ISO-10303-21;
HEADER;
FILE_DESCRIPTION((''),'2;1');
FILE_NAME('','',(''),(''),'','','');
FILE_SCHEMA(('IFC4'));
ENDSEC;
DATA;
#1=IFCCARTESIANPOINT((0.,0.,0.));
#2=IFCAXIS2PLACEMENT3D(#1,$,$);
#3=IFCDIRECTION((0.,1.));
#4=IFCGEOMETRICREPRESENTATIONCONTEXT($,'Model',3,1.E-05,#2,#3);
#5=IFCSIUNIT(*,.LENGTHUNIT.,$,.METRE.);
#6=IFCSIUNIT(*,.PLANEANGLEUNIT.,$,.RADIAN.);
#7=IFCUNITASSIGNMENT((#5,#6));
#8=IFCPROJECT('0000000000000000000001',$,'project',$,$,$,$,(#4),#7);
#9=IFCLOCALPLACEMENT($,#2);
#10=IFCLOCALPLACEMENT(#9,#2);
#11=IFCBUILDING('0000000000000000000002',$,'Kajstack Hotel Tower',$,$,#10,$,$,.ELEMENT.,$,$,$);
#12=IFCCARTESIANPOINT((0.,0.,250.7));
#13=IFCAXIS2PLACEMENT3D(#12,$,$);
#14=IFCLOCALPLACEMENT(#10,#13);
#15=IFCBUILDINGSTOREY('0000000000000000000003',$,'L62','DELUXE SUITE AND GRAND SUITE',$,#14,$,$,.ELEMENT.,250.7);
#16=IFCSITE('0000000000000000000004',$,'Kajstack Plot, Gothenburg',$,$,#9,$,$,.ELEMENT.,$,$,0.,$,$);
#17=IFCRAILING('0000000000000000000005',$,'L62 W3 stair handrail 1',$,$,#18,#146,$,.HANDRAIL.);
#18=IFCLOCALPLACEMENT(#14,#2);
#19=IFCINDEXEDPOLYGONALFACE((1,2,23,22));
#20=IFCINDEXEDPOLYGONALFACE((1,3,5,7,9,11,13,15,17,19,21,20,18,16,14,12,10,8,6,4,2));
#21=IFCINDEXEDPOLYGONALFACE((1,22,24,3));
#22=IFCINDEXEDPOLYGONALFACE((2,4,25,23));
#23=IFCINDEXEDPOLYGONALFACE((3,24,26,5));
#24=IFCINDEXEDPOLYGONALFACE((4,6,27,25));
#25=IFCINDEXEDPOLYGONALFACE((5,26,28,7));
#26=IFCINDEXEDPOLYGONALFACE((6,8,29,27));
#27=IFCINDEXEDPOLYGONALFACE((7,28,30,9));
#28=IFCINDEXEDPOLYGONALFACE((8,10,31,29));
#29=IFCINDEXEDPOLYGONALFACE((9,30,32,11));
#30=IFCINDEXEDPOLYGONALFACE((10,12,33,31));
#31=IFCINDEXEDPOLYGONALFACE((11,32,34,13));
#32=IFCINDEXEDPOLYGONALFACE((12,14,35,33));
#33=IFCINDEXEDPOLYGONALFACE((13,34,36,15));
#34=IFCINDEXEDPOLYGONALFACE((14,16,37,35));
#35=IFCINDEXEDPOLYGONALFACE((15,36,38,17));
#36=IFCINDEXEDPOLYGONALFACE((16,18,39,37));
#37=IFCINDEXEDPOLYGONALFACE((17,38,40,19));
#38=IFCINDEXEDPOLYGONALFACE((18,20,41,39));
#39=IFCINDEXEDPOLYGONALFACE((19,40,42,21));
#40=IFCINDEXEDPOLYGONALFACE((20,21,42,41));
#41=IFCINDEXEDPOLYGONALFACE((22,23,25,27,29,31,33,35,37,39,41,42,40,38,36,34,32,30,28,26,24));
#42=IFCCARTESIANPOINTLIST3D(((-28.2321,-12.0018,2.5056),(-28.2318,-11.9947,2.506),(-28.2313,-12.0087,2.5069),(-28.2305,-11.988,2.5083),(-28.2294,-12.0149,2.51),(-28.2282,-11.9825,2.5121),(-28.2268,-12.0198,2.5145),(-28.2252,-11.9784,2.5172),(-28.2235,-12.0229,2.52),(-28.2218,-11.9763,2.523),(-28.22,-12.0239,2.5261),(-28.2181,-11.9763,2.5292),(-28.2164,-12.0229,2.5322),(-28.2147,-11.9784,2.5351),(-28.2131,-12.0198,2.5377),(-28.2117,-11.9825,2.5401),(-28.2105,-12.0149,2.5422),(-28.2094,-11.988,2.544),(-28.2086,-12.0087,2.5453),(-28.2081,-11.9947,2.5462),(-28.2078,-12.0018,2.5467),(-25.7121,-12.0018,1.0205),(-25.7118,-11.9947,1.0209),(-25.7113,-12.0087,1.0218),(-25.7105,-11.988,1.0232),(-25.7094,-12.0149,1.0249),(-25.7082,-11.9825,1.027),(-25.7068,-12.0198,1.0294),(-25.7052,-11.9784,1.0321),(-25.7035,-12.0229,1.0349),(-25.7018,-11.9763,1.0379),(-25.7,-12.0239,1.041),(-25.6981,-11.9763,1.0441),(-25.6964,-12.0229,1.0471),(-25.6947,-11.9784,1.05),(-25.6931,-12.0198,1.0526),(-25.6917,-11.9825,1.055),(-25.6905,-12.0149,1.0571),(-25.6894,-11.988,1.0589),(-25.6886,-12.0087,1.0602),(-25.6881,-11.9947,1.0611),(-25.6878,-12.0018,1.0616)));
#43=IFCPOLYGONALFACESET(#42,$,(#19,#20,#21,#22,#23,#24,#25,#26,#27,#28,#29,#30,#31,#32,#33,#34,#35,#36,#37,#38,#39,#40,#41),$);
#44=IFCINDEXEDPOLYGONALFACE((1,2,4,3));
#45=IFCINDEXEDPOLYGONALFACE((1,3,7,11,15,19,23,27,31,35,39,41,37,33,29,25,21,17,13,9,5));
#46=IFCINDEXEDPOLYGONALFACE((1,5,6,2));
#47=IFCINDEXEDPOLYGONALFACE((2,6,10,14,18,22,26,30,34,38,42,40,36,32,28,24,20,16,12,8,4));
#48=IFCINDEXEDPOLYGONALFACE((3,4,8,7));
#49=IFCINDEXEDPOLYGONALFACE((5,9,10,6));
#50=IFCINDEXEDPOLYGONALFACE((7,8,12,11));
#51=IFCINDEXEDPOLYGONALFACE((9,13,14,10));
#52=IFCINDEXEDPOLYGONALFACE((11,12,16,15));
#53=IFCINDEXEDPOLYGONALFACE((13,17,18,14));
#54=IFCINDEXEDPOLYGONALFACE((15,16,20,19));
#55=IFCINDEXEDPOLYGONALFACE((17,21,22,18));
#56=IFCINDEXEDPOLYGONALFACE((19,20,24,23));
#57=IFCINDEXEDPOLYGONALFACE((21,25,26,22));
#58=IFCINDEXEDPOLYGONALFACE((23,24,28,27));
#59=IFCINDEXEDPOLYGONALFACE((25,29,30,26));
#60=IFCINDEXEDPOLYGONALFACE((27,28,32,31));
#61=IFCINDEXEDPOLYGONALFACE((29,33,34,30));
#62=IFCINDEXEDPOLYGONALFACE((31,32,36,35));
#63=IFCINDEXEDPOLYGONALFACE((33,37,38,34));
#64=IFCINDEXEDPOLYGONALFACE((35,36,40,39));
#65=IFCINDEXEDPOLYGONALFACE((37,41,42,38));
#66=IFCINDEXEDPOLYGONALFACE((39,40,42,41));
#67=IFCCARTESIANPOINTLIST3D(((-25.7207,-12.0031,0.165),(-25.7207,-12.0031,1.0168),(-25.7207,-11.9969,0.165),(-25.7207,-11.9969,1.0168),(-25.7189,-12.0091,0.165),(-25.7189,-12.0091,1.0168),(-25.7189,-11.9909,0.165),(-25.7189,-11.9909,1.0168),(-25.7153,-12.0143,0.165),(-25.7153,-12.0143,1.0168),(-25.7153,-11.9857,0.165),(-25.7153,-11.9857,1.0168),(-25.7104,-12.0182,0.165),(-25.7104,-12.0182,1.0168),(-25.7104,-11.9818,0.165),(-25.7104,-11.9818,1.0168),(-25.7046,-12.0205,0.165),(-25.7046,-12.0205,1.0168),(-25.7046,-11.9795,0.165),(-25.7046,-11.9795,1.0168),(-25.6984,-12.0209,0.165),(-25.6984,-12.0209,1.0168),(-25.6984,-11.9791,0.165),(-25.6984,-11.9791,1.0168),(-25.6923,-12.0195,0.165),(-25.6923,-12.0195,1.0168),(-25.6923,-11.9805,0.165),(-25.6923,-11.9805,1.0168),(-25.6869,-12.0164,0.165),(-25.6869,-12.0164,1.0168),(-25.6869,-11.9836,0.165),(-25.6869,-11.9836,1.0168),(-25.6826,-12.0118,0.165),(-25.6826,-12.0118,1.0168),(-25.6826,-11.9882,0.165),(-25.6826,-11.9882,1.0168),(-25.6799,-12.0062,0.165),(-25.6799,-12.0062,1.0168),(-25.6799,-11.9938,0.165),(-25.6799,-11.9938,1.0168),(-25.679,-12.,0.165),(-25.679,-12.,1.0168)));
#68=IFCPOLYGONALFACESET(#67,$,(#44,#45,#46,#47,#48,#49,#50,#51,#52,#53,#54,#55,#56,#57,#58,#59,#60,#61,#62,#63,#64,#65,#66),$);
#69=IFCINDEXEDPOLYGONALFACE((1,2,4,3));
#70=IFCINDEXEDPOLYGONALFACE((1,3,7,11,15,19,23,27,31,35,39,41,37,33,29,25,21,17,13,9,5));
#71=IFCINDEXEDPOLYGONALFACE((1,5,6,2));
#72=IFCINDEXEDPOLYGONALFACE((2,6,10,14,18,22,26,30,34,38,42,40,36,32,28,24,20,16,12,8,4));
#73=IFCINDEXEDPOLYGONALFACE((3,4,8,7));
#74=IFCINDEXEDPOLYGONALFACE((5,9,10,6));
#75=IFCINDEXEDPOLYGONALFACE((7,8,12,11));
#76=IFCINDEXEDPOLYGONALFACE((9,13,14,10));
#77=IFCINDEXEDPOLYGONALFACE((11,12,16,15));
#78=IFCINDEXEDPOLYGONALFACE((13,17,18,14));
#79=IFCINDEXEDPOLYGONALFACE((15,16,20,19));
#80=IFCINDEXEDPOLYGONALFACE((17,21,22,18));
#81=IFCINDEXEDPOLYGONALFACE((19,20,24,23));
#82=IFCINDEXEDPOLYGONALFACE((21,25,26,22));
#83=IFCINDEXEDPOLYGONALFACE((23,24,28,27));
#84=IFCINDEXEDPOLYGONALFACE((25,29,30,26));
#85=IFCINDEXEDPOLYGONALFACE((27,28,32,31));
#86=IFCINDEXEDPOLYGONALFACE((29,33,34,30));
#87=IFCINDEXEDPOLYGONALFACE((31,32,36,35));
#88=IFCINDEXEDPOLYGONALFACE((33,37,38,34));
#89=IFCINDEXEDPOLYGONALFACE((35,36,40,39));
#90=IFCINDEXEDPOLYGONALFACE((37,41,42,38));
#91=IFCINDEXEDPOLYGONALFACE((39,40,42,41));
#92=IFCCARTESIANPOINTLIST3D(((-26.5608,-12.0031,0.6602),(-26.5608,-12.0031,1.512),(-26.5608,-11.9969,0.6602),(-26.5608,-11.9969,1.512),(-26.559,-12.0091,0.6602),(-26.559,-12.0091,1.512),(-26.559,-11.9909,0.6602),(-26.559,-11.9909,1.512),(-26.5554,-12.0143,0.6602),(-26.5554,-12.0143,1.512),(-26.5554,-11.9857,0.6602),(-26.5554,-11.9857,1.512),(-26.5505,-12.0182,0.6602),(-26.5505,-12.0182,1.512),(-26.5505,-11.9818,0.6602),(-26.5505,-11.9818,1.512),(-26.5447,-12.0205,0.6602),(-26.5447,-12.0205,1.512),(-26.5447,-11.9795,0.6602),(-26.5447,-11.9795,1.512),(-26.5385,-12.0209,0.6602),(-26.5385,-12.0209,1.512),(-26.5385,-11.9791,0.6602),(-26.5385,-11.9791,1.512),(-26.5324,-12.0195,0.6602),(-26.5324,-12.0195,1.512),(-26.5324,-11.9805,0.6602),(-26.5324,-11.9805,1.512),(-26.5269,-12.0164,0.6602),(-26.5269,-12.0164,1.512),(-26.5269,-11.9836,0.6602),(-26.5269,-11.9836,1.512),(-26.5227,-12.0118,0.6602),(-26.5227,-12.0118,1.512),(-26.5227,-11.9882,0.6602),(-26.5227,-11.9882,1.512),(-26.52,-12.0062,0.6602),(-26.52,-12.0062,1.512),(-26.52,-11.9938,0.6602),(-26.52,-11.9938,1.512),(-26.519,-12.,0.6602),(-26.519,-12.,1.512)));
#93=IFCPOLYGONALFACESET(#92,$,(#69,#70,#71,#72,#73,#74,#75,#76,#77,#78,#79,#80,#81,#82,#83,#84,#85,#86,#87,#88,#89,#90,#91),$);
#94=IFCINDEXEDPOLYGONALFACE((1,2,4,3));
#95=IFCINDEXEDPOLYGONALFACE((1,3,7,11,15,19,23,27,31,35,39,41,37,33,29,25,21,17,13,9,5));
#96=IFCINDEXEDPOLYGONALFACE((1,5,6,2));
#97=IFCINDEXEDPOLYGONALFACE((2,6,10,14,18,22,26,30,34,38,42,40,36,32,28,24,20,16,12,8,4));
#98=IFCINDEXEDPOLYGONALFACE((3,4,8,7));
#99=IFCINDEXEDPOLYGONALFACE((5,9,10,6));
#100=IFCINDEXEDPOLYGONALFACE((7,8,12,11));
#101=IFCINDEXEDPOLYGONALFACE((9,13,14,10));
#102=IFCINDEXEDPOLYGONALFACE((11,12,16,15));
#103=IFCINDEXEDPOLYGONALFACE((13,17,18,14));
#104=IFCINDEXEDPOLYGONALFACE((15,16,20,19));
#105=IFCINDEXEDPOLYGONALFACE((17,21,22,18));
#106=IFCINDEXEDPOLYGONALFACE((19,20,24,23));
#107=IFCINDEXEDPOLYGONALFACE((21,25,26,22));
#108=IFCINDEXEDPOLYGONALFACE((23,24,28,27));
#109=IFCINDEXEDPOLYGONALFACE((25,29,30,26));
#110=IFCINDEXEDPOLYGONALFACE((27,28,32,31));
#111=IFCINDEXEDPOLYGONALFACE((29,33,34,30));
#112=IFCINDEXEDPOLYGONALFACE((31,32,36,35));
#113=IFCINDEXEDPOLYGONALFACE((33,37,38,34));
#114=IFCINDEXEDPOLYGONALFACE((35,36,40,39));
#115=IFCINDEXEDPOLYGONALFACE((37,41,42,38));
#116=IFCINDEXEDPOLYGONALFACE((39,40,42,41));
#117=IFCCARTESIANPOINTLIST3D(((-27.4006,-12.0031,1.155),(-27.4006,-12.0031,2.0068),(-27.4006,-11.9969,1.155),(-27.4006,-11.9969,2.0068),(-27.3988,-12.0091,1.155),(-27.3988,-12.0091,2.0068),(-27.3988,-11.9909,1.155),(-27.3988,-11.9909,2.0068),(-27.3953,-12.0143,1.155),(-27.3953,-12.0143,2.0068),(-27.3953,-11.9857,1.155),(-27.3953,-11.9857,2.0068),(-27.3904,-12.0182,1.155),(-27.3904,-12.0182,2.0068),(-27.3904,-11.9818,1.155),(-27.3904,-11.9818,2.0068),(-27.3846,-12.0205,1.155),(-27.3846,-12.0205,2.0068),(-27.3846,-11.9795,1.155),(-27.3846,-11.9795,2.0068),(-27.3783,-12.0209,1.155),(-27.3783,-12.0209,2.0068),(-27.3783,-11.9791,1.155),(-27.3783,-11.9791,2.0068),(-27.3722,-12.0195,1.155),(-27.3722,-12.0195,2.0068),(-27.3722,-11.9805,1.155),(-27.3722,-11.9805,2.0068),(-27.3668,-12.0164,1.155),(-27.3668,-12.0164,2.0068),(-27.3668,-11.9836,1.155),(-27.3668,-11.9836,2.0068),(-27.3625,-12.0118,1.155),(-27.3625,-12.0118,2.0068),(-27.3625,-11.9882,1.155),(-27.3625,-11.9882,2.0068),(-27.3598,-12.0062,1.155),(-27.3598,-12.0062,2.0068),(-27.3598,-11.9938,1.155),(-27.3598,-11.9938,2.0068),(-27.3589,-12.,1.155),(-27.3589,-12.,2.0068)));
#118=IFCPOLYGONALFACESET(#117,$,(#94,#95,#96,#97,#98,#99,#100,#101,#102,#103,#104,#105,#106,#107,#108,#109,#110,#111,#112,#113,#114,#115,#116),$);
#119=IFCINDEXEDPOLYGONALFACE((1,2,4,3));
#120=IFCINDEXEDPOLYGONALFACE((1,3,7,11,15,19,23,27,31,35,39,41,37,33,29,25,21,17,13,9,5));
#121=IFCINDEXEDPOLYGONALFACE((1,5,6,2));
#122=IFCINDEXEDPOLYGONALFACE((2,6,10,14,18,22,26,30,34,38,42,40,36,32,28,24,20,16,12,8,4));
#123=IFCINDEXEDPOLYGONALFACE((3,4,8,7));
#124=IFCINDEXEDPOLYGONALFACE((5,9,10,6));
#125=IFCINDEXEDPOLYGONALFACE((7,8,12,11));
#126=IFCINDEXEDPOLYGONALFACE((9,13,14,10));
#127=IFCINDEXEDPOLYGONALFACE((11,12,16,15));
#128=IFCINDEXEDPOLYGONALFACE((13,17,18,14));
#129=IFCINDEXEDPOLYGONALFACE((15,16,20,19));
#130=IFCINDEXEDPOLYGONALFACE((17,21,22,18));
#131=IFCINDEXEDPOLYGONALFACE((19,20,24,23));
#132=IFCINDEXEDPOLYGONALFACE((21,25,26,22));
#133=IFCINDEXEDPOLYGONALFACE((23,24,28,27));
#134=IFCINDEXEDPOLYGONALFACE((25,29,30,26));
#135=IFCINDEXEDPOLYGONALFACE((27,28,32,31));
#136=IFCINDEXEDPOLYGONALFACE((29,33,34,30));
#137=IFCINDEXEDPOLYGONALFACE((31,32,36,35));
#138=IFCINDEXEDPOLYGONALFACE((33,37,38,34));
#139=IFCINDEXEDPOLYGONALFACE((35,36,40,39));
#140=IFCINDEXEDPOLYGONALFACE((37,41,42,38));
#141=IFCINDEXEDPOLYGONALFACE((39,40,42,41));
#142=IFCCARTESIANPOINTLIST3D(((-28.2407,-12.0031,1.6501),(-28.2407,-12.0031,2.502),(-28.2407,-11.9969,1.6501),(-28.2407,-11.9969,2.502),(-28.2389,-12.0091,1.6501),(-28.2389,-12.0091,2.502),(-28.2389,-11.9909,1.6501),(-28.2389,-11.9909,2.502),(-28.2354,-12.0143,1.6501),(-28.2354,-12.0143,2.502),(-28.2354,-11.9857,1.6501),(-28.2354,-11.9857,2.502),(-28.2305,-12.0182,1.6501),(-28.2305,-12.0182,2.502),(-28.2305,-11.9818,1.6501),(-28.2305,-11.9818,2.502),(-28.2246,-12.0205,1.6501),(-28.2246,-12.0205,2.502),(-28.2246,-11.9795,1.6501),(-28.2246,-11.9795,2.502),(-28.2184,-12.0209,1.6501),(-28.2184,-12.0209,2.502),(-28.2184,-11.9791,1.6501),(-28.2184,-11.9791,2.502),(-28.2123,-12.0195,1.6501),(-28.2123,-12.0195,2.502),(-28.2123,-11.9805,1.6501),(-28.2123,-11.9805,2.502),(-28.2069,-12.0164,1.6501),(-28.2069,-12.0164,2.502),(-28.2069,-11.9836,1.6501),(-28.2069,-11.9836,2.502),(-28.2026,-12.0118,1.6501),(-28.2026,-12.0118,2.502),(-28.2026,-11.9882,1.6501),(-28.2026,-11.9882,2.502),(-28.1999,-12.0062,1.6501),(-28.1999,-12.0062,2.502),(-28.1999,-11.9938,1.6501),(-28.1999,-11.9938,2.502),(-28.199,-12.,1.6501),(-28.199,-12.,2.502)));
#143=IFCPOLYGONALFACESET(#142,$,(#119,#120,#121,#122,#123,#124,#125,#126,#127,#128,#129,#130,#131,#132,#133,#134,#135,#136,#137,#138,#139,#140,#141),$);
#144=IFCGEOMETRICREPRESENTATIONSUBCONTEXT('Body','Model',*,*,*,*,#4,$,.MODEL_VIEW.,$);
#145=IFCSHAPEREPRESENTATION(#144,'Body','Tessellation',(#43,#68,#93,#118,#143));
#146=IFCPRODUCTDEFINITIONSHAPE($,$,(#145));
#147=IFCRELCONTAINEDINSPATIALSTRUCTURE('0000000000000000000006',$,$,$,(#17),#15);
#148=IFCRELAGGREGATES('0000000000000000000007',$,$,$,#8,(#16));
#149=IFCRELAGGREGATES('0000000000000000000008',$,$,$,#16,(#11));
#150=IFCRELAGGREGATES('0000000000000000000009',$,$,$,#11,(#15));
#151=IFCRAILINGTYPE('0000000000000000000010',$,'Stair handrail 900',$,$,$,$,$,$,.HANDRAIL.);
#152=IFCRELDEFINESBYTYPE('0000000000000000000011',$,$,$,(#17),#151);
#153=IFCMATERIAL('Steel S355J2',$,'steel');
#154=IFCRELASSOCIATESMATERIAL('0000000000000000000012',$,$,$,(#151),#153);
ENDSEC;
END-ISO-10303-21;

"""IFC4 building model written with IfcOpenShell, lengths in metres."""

from ifc_helpers import new_model, si_unit, direction, frame, origin, origin_2d, place, context, subcontext, project, spatial, circle, extrude, material, type_object, element, save


model = new_model("IFC4")

# Units and contexts
model_context = context("Model", 3, precision=1e-05, world=origin(), true_north=direction((0.0, 1.0)))
body_context = subcontext(model_context, "Body", "Model", "MODEL_VIEW")
ifc_project = project(units=[si_unit("LENGTHUNIT", "METRE"), si_unit("PLANEANGLEUNIT", "RADIAN")], contexts=[model_context])

# Site, building, storey
site_placement = place(None, origin())
site = spatial("IfcSite", under=ifc_project, at=site_placement, Name="Kajstack Plot, Gothenburg", CompositionType="ELEMENT", RefElevation=0.0)
building_placement = place(site_placement, origin())
building = spatial("IfcBuilding", under=site, at=building_placement, Name="Kajstack Hotel Tower", CompositionType="ELEMENT")
storey_placement = place(building_placement, frame((0.0, 0.0, 250.7)))
storey = spatial("IfcBuildingStorey", under=building, at=storey_placement, Name="L62", Description="DELUXE SUITE AND GRAND SUITE", CompositionType="ELEMENT", Elevation=250.7)

# Railing
ifc_material_1 = material(Name="Steel S355J2", Category="steel")
railing_type_1 = type_object("IfcRailingType", Name="Stair handrail 900", PredefinedType="HANDRAIL", material=ifc_material_1)
railing_1_placement = place(storey_placement, frame((-25.7, -12.0, 0.165)))
element("IfcRailing", 1, at=railing_1_placement, inside=storey, type_object=railing_type_1, Name="L62 W3 stair handrail 1", PredefinedType="HANDRAIL", context=body_context, shape_type="SweptSolid", body=[
    extrude(circle(Radius=0.0239, at=origin_2d()), frame((0.0, 0.0, 0.876), z_axis=(-0.861524, 0.0, 0.507717), x_axis=(0.0, -1.0, 0.0)), (0.0, 0.0, 1.0), 2.925),
    extrude(circle(Radius=0.021, at=origin_2d()), origin(), (0.0, 0.0, 1.0), 0.8518),
    extrude(circle(Radius=0.021, at=origin_2d()), frame((-0.8401, 0.0, 0.4951)), (0.0, 0.0, 1.0), 0.8518),
    extrude(circle(Radius=0.021, at=origin_2d()), frame((-1.6799, 0.0, 0.99)), (0.0, 0.0, 1.0), 0.8518),
    extrude(circle(Radius=0.021, at=origin_2d()), frame((-2.52, 0.0, 1.4851)), (0.0, 0.0, 1.0), 0.8518),
])

save(model, "model.ifc")
